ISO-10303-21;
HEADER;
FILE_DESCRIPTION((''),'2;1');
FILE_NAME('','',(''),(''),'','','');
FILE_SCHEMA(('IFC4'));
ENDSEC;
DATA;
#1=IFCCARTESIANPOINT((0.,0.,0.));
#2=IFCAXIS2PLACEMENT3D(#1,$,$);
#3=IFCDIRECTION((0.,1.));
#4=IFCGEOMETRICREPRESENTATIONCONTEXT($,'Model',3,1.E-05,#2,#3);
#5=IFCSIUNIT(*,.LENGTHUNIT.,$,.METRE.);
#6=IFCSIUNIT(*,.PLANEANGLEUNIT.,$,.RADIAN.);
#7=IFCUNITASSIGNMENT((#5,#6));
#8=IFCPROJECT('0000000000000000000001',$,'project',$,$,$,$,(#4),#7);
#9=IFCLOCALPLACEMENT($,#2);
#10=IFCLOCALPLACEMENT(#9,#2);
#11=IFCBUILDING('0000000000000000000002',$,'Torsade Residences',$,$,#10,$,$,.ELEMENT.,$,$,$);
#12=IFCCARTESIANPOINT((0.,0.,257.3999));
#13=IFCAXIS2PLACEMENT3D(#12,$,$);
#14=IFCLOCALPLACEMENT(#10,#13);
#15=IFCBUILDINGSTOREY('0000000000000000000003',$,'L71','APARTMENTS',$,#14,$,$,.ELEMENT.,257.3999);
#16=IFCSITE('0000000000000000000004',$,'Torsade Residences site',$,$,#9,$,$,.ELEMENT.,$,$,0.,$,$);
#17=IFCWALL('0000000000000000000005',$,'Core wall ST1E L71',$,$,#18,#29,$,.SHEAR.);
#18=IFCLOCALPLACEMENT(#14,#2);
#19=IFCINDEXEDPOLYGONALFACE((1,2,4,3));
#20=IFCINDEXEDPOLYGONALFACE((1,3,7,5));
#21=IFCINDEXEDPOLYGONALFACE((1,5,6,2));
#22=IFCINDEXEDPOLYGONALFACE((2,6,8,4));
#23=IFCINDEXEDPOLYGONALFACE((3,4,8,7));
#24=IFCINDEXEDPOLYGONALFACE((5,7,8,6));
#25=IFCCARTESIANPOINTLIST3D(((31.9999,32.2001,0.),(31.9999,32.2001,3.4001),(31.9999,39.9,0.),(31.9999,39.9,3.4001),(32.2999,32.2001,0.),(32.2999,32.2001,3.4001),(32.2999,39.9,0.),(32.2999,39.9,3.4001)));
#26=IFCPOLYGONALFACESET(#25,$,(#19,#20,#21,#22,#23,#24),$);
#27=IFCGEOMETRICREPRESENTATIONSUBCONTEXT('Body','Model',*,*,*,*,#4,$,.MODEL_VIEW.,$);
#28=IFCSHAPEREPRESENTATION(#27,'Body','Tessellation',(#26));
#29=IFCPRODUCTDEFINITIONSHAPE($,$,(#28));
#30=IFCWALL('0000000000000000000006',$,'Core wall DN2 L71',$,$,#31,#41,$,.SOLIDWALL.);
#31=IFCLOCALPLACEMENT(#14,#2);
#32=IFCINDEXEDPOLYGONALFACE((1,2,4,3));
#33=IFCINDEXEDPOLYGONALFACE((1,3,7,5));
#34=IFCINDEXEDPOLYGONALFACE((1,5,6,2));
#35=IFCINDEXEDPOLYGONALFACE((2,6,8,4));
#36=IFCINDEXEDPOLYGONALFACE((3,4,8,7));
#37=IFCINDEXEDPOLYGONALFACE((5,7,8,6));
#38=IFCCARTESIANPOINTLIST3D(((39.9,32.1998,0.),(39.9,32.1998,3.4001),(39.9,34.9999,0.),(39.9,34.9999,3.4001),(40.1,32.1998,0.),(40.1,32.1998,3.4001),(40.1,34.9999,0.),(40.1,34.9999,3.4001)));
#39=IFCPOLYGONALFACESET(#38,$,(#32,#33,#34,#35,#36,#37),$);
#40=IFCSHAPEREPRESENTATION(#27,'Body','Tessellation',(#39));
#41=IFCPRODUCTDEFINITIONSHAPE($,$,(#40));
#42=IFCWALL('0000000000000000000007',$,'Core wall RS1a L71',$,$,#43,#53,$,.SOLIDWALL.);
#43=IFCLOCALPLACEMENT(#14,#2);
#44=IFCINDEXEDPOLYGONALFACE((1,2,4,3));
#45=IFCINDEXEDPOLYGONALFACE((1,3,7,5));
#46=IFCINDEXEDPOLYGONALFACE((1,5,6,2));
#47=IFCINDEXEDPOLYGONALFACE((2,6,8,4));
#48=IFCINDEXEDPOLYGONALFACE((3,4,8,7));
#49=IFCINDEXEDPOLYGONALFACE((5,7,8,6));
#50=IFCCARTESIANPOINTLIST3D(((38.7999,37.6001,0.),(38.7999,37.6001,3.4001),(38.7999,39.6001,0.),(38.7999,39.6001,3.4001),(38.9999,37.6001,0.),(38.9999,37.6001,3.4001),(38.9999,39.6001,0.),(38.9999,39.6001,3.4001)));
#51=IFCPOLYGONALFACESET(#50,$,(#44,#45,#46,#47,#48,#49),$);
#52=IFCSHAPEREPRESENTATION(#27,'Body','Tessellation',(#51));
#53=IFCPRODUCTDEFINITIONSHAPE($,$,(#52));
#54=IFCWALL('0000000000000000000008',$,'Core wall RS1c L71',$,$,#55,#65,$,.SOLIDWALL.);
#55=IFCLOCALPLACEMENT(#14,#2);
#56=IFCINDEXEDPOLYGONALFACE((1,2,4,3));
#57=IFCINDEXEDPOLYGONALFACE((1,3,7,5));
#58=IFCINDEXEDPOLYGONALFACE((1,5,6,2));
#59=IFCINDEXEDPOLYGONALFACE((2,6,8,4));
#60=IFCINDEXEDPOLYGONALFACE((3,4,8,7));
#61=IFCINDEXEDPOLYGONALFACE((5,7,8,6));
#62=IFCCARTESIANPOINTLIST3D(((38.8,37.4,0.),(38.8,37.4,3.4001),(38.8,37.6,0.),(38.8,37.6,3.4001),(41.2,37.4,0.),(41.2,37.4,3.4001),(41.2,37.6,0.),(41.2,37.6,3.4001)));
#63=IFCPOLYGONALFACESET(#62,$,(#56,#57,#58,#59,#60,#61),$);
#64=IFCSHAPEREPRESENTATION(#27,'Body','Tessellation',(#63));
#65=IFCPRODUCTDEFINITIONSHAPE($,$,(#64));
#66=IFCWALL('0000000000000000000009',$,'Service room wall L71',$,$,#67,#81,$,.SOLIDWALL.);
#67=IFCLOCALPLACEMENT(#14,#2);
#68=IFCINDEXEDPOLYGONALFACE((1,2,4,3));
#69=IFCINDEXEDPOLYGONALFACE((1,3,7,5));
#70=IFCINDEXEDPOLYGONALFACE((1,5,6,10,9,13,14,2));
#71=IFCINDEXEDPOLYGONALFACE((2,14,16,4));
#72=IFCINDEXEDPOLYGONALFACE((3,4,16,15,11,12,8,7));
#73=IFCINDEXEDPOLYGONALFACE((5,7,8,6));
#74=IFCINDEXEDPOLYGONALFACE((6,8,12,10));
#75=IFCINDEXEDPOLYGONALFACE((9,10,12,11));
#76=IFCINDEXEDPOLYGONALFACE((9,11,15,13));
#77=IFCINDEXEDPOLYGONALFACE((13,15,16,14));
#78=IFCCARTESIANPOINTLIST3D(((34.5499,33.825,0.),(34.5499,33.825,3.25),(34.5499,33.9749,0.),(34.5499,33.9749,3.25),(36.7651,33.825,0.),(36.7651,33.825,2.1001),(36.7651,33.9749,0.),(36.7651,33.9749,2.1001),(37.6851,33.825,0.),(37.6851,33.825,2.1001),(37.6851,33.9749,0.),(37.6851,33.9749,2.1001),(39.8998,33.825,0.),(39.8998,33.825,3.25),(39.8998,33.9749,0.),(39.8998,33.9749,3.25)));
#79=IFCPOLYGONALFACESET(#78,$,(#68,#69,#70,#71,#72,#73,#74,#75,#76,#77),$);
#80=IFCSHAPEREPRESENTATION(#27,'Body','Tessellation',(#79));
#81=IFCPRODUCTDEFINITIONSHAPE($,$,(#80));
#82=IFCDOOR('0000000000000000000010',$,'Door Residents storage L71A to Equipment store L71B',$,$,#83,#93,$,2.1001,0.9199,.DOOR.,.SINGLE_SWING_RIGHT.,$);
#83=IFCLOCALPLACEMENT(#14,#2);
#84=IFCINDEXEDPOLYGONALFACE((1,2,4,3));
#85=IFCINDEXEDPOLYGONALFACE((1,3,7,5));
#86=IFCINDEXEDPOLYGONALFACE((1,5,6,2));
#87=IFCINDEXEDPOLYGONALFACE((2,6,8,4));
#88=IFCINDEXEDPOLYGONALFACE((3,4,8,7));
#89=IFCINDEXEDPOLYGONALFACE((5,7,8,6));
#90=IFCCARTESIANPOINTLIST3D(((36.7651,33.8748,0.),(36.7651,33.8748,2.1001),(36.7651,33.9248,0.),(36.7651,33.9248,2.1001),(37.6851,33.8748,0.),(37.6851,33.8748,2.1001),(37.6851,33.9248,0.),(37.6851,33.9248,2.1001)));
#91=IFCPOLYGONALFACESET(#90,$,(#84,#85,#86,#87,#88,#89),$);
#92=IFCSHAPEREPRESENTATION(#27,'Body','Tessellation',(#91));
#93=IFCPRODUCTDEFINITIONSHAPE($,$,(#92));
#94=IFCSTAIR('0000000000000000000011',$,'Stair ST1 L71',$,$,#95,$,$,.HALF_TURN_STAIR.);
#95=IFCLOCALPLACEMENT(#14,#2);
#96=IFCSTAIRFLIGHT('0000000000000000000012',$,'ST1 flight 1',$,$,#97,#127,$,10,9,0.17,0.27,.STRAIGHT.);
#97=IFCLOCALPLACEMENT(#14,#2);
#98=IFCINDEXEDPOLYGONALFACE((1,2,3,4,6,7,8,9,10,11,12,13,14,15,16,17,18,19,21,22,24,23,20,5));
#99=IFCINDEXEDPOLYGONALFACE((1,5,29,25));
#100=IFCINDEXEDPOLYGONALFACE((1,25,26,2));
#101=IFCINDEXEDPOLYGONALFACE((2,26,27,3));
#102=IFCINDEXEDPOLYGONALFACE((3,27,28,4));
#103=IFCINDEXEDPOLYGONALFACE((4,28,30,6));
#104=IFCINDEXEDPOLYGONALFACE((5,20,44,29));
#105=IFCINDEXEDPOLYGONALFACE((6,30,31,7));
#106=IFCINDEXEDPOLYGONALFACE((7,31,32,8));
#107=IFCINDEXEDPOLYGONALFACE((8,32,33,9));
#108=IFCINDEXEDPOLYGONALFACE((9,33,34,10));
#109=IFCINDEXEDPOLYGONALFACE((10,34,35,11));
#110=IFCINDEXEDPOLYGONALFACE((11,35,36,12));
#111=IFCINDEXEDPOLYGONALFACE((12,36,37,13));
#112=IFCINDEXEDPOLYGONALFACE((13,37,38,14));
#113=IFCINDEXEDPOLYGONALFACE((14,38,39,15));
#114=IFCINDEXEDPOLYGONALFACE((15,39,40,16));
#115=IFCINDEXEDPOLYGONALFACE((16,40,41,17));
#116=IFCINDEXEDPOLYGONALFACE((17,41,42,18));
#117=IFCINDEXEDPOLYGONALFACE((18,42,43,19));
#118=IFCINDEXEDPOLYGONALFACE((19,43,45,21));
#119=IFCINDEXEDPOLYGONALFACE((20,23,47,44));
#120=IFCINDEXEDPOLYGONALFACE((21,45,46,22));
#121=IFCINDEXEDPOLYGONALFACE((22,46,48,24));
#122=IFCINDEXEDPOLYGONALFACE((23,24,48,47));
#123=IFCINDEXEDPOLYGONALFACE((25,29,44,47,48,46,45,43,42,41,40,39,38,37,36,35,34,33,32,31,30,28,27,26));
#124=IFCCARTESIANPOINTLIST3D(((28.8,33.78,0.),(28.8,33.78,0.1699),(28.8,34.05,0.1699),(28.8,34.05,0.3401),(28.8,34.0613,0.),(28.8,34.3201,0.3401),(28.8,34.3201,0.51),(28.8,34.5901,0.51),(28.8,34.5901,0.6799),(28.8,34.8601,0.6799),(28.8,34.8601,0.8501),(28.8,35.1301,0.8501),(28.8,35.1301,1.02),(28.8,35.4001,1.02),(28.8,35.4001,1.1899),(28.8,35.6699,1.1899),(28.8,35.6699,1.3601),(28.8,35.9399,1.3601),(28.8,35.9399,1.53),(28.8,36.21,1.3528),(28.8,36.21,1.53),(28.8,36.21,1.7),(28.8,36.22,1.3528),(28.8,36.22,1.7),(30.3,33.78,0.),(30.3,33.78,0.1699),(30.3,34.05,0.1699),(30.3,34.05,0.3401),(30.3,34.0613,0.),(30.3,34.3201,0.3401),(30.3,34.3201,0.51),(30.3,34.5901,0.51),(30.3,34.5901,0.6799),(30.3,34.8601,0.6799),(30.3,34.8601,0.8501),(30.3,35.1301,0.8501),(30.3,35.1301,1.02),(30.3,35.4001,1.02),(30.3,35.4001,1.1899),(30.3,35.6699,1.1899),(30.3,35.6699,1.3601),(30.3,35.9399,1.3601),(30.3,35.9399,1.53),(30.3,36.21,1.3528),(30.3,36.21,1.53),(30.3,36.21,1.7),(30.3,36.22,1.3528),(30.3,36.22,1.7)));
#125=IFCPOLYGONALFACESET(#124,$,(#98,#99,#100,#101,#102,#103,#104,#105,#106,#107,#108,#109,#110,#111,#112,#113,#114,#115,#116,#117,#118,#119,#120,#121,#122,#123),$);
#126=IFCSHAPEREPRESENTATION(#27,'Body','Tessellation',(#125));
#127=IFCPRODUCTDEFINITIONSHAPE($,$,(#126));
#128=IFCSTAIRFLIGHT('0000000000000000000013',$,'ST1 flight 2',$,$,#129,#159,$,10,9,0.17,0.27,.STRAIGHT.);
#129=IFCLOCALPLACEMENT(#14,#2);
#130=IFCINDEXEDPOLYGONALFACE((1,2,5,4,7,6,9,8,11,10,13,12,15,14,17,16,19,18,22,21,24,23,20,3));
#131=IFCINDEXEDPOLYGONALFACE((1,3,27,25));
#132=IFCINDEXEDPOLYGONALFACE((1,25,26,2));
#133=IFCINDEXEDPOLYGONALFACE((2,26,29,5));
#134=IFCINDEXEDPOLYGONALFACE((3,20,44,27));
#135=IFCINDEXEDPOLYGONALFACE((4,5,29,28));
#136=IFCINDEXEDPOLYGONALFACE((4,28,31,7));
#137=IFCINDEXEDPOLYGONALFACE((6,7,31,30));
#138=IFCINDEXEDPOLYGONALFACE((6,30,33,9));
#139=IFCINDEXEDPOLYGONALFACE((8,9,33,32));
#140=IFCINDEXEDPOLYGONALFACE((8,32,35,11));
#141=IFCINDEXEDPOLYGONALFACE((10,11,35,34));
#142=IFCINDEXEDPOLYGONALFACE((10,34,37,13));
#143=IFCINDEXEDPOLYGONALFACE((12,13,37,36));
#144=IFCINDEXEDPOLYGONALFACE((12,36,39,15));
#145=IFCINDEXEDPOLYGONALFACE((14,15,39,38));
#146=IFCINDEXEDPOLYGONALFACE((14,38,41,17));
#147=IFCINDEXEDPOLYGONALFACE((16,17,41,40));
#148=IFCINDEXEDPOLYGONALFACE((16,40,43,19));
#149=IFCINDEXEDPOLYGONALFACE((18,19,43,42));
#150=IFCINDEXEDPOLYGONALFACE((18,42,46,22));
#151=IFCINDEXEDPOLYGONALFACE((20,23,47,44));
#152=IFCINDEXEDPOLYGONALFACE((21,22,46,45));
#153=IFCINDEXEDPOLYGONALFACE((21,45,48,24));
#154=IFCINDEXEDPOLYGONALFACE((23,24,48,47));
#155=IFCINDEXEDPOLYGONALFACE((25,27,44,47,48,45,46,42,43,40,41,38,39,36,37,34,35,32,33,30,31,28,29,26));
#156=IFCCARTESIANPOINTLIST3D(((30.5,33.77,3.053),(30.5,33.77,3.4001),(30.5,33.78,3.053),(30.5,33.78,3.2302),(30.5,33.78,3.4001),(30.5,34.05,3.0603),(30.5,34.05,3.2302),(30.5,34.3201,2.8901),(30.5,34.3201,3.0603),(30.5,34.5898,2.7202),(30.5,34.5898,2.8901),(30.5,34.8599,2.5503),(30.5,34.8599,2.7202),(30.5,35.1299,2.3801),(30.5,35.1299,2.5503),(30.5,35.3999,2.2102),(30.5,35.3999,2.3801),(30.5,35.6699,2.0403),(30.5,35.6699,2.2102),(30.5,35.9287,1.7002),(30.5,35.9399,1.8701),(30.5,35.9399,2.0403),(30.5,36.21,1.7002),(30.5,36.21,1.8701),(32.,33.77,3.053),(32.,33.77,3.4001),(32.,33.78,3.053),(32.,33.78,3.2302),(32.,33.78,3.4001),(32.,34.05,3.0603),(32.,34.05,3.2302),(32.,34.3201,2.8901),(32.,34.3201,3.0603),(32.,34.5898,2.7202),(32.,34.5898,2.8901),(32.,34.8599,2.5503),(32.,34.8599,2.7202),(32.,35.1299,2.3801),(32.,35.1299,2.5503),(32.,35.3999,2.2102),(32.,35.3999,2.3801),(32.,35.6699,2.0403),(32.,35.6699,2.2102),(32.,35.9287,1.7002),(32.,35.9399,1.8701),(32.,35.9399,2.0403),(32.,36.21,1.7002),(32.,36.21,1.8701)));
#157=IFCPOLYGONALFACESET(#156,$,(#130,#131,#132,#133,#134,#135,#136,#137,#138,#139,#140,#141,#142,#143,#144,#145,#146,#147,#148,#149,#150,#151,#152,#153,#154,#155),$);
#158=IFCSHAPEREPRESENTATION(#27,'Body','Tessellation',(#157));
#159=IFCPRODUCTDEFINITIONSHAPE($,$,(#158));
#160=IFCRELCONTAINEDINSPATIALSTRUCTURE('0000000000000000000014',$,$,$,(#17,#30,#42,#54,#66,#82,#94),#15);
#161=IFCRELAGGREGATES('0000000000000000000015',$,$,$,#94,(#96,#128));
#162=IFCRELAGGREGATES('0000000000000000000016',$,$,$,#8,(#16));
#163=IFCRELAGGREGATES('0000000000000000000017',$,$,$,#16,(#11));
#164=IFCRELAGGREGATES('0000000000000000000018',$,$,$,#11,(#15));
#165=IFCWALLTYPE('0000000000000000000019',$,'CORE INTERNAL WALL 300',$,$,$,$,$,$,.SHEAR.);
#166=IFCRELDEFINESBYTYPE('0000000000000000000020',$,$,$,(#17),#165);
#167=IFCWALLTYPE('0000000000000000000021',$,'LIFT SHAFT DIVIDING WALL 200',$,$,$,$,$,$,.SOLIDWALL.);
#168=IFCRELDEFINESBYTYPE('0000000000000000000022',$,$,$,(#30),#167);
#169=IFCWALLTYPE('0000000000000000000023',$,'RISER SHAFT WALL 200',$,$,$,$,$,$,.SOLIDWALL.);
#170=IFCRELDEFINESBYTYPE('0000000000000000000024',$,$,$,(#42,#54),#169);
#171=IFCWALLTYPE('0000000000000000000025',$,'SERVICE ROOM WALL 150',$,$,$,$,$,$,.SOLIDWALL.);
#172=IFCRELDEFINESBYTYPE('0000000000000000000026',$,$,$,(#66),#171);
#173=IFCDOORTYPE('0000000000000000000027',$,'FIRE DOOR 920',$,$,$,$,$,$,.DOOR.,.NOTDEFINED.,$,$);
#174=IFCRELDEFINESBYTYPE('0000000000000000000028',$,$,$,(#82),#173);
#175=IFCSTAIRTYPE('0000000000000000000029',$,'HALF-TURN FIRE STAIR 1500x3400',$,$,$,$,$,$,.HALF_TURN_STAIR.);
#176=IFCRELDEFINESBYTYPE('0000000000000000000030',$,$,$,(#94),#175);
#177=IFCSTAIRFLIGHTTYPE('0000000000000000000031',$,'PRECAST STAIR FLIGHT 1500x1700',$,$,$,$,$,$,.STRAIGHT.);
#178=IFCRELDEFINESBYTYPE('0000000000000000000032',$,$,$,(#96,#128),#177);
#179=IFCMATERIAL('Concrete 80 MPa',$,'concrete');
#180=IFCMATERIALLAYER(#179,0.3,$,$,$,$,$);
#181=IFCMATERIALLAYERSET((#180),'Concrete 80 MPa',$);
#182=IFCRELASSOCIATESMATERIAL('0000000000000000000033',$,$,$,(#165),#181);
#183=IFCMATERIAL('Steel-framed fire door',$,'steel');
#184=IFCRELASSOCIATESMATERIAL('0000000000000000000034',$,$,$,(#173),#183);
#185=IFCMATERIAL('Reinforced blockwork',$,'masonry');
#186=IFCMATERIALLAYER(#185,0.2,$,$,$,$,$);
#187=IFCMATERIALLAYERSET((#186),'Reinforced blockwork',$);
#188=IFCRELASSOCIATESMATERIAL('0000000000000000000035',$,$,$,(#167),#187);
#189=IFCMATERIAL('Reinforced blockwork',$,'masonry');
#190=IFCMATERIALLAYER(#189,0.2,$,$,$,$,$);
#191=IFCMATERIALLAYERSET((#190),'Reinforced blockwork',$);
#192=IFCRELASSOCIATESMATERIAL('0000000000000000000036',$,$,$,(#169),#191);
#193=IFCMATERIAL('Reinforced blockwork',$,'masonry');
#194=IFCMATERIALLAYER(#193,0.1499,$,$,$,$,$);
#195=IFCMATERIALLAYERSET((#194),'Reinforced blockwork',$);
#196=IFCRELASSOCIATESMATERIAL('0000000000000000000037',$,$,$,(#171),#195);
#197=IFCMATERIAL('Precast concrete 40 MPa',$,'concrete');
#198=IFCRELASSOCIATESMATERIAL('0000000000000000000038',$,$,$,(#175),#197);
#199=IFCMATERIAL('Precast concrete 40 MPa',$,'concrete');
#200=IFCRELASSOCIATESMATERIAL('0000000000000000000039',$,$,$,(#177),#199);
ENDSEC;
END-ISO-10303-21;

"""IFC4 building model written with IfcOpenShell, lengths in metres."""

from ifc_helpers import new_model, si_unit, direction, frame, frame_2d, origin, place, context, subcontext, project, spatial, polyline, rectangle, outline, extrude, material, layer, layer_set, type_object, element, fill, aggregate, save


model = new_model("IFC4")

# Units and contexts
model_context = context("Model", 3, precision=1e-05, world=origin(), true_north=direction((0.0, 1.0)))
body_context = subcontext(model_context, "Body", "Model", "MODEL_VIEW")
ifc_project = project(units=[si_unit("LENGTHUNIT", "METRE"), si_unit("PLANEANGLEUNIT", "RADIAN")], contexts=[model_context])

# Site, building, storey
site_placement = place(None, origin())
site = spatial("IfcSite", under=ifc_project, at=site_placement, Name="Torsade Residences site", CompositionType="ELEMENT", RefElevation=0.0)
building_placement = place(site_placement, origin())
building = spatial("IfcBuilding", under=site, at=building_placement, Name="Torsade Residences", CompositionType="ELEMENT")
storey_placement = place(building_placement, frame((0.0, 0.0, 257.3999)))
storey = spatial("IfcBuildingStorey", under=building, at=storey_placement, Name="L71", Description="APARTMENTS", CompositionType="ELEMENT", Elevation=257.3999)

# Shared definitions
ifc_material_1 = material(Name="Concrete 80 MPa", Category="concrete")
ifc_layer_1 = layer(ifc_material_1, 0.3)
ifc_layer_set_1 = layer_set([ifc_layer_1], Name="Concrete 80 MPa")
wall_type_1 = type_object("IfcWallType", Name="CORE INTERNAL WALL 300", PredefinedType="SHEAR", material=ifc_layer_set_1)
ifc_material_2 = material(Name="Steel-framed fire door", Category="steel")
door_type_1 = type_object("IfcDoorType", Name="FIRE DOOR 920", OperationType="NOTDEFINED", PredefinedType="DOOR", material=ifc_material_2)

# Walls
wall_1_placement = place(storey_placement, frame((32.1499, 32.2, 0.0), z_axis=(0.0, 0.0, 1.0), x_axis=(0.0, 1.0, 0.0)))
element("IfcWall", 1, at=wall_1_placement, inside=storey, type_object=wall_type_1, Name="Core wall ST1E L71", PredefinedType="SHEAR", context=body_context, shape_type="SweptSolid", body=[
    extrude(rectangle(XDim=7.7, YDim=0.3, at=frame_2d((3.8501, 0.0))), origin(), (0.0, 0.0, 1.0), 3.4001),
])
ifc_material_3 = material(Name="Reinforced blockwork", Category="masonry")
ifc_layer_2 = layer(ifc_material_3, 0.2)
ifc_layer_set_2 = layer_set([ifc_layer_2], Name="Reinforced blockwork")
wall_type_2 = type_object("IfcWallType", Name="LIFT SHAFT DIVIDING WALL 200", PredefinedType="SOLIDWALL", material=ifc_layer_set_2)
wall_2_placement = place(storey_placement, frame((40.0, 32.2, 0.0), z_axis=(0.0, 0.0, 1.0), x_axis=(0.0, 1.0, 0.0)))
element("IfcWall", 2, at=wall_2_placement, inside=storey, type_object=wall_type_2, Name="Core wall DN2 L71", PredefinedType="SOLIDWALL", context=body_context, shape_type="SweptSolid", body=[
    extrude(rectangle(XDim=2.8, YDim=0.2, at=frame_2d((1.3999, 0.0))), origin(), (0.0, 0.0, 1.0), 3.4001),
])
ifc_material_4 = material(Name="Reinforced blockwork", Category="masonry")
ifc_layer_3 = layer(ifc_material_4, 0.2)
ifc_layer_set_3 = layer_set([ifc_layer_3], Name="Reinforced blockwork")
wall_type_3 = type_object("IfcWallType", Name="RISER SHAFT WALL 200", PredefinedType="SOLIDWALL", material=ifc_layer_set_3)
wall_3_placement = place(storey_placement, frame((38.8999, 37.6001, 0.0), z_axis=(0.0, 0.0, 1.0), x_axis=(0.0, 1.0, 0.0)))
element("IfcWall", 3, at=wall_3_placement, inside=storey, type_object=wall_type_3, Name="Core wall RS1a L71", PredefinedType="SOLIDWALL", context=body_context, shape_type="SweptSolid", body=[
    extrude(rectangle(XDim=2.0, YDim=0.2, at=frame_2d((1.0, 0.0))), origin(), (0.0, 0.0, 1.0), 3.4001),
])
wall_4_placement = place(storey_placement, frame((38.8, 37.5, 0.0), z_axis=(0.0, 0.0, 1.0), x_axis=(1.0, 0.0, 0.0)))
element("IfcWall", 4, at=wall_4_placement, inside=storey, type_object=wall_type_3, Name="Core wall RS1c L71", PredefinedType="SOLIDWALL", context=body_context, shape_type="SweptSolid", body=[
    extrude(rectangle(XDim=2.3999, YDim=0.2, at=frame_2d((1.2, 0.0))), origin(), (0.0, 0.0, 1.0), 3.4001),
])

# Wall, opening, door
ifc_material_5 = material(Name="Reinforced blockwork", Category="masonry")
ifc_layer_4 = layer(ifc_material_5, 0.1499)
ifc_layer_set_4 = layer_set([ifc_layer_4], Name="Reinforced blockwork")
wall_type_4 = type_object("IfcWallType", Name="SERVICE ROOM WALL 150", PredefinedType="SOLIDWALL", material=ifc_layer_set_4)
wall_5_placement = place(storey_placement, frame((34.55, 33.8999, 0.0), z_axis=(0.0, 0.0, 1.0), x_axis=(1.0, 0.0, 0.0)))
wall_5 = element("IfcWall", 5, at=wall_5_placement, inside=storey, type_object=wall_type_4, Name="Service room wall L71", PredefinedType="SOLIDWALL", context=body_context, shape_type="SweptSolid", body=[
    extrude(rectangle(XDim=5.3499, YDim=0.1499, at=frame_2d((2.6748, 0.0))), origin(), (0.0, 0.0, 1.0), 3.25),
])
opening_1_placement = place(wall_5_placement, frame((2.2151, 0.0, 0.0)))
opening_1 = element("IfcOpeningElement", 6, at=opening_1_placement, cuts=wall_5, PredefinedType="OPENING", context=body_context, shape_type="SweptSolid", body=[
    extrude(rectangle(XDim=0.9199, YDim=2.1001, at=frame_2d((0.46, 1.05))), frame((0.0, 0.085, 0.0), z_axis=(0.0, -1.0, 0.0), x_axis=(1.0, 0.0, 0.0)), (0.0, 0.0, 1.0), 0.1699),
])
door_1_placement = place(opening_1_placement, origin())
door_1 = element("IfcDoor", 7, at=door_1_placement, inside=storey, type_object=door_type_1, Name="Door Residents storage L71A to Equipment store L71B", OperationType="SINGLE_SWING_RIGHT", OverallHeight=2.1001, OverallWidth=0.9199, PredefinedType="DOOR", context=body_context, shape_type="SweptSolid", body=[
    extrude(rectangle(XDim=0.9199, YDim=2.1001, at=frame_2d((0.46, 1.05))), frame((0.0, 0.0249, 0.0), z_axis=(0.0, -1.0, 0.0), x_axis=(1.0, 0.0, 0.0)), (0.0, 0.0, 1.0), 0.05),
])
fill(opening_1, door_1)

# Stair, stair flights
ifc_material_6 = material(Name="Precast concrete 40 MPa", Category="concrete")
stair_type = type_object("IfcStairType", Name="HALF-TURN FIRE STAIR 1500x3400", PredefinedType="HALF_TURN_STAIR", material=ifc_material_6)
stair_placement = place(storey_placement, origin())
stair = element("IfcStair", 8, at=stair_placement, inside=storey, type_object=stair_type, Name="Stair ST1 L71", PredefinedType="HALF_TURN_STAIR")
ifc_material_7 = material(Name="Precast concrete 40 MPa", Category="concrete")
stair_flight_type = type_object("IfcStairFlightType", Name="PRECAST STAIR FLIGHT 1500x1700", PredefinedType="STRAIGHT", material=ifc_material_7)
stair_flight_1_placement = place(storey_placement, frame((29.55, 33.78, 0.0), z_axis=(0.0, 0.0, 1.0), x_axis=(0.0, 1.0, 0.0)))
stair_flight_1 = element("IfcStairFlight", 9, at=stair_flight_1_placement, type_object=stair_flight_type, Name="ST1 flight 1", NumberOfRisers=10, NumberOfTreads=9, PredefinedType="STRAIGHT", RiserHeight=0.17, TreadLength=0.27, context=body_context, shape_type="SweptSolid", body=[
    extrude(outline(polyline([(0.0, 0.0), (0.0, 0.1699), (0.27, 0.1699), (0.27, 0.3401), (0.54, 0.3401), (0.54, 0.51), (0.8101, 0.51), (0.8101, 0.6799), (1.0801, 0.6799), (1.0801, 0.8501), (1.3501, 0.8501), (1.3501, 1.02), (1.6201, 1.02), (1.6201, 1.1899), (1.8899, 1.1899), (1.8899, 1.3601), (2.1599, 1.3601), (2.1599, 1.53), (2.4299, 1.53), (2.4299, 1.7), (2.4399, 1.7), (2.4399, 1.3528), (2.4299, 1.3528), (0.2812, 0.0), (0.0, 0.0)])), frame((0.0, 0.75, 0.0), z_axis=(0.0, -1.0, 0.0), x_axis=(1.0, 0.0, 0.0)), (0.0, 0.0, 1.0), 1.5),
])
stair_flight_2_placement = place(storey_placement, frame((31.25, 36.21, 1.7002), z_axis=(0.0, 0.0, 1.0), x_axis=(0.0, -1.0, 0.0)))
stair_flight_2 = element("IfcStairFlight", 10, at=stair_flight_2_placement, type_object=stair_flight_type, Name="ST1 flight 2", NumberOfRisers=10, NumberOfTreads=9, PredefinedType="STRAIGHT", RiserHeight=0.17, TreadLength=0.27, context=body_context, shape_type="SweptSolid", body=[
    extrude(outline(polyline([(0.0, 0.0), (0.0, 0.1699), (0.27, 0.1699), (0.27, 0.3401), (0.54, 0.3401), (0.54, 0.51), (0.8101, 0.51), (0.8101, 0.6799), (1.0801, 0.6799), (1.0801, 0.8501), (1.3501, 0.8501), (1.3501, 1.02), (1.6201, 1.02), (1.6201, 1.1899), (1.8899, 1.1899), (1.8899, 1.3601), (2.1599, 1.3601), (2.1599, 1.53), (2.4299, 1.53), (2.4299, 1.7), (2.4399, 1.7), (2.4399, 1.3528), (2.4299, 1.3528), (0.2812, 0.0), (0.0, 0.0)])), frame((0.0, 0.75, 0.0), z_axis=(0.0, -1.0, 0.0), x_axis=(1.0, 0.0, 0.0)), (0.0, 0.0, 1.0), 1.5),
])
aggregate(stair, [stair_flight_1, stair_flight_2])

save(model, "model.ifc")
